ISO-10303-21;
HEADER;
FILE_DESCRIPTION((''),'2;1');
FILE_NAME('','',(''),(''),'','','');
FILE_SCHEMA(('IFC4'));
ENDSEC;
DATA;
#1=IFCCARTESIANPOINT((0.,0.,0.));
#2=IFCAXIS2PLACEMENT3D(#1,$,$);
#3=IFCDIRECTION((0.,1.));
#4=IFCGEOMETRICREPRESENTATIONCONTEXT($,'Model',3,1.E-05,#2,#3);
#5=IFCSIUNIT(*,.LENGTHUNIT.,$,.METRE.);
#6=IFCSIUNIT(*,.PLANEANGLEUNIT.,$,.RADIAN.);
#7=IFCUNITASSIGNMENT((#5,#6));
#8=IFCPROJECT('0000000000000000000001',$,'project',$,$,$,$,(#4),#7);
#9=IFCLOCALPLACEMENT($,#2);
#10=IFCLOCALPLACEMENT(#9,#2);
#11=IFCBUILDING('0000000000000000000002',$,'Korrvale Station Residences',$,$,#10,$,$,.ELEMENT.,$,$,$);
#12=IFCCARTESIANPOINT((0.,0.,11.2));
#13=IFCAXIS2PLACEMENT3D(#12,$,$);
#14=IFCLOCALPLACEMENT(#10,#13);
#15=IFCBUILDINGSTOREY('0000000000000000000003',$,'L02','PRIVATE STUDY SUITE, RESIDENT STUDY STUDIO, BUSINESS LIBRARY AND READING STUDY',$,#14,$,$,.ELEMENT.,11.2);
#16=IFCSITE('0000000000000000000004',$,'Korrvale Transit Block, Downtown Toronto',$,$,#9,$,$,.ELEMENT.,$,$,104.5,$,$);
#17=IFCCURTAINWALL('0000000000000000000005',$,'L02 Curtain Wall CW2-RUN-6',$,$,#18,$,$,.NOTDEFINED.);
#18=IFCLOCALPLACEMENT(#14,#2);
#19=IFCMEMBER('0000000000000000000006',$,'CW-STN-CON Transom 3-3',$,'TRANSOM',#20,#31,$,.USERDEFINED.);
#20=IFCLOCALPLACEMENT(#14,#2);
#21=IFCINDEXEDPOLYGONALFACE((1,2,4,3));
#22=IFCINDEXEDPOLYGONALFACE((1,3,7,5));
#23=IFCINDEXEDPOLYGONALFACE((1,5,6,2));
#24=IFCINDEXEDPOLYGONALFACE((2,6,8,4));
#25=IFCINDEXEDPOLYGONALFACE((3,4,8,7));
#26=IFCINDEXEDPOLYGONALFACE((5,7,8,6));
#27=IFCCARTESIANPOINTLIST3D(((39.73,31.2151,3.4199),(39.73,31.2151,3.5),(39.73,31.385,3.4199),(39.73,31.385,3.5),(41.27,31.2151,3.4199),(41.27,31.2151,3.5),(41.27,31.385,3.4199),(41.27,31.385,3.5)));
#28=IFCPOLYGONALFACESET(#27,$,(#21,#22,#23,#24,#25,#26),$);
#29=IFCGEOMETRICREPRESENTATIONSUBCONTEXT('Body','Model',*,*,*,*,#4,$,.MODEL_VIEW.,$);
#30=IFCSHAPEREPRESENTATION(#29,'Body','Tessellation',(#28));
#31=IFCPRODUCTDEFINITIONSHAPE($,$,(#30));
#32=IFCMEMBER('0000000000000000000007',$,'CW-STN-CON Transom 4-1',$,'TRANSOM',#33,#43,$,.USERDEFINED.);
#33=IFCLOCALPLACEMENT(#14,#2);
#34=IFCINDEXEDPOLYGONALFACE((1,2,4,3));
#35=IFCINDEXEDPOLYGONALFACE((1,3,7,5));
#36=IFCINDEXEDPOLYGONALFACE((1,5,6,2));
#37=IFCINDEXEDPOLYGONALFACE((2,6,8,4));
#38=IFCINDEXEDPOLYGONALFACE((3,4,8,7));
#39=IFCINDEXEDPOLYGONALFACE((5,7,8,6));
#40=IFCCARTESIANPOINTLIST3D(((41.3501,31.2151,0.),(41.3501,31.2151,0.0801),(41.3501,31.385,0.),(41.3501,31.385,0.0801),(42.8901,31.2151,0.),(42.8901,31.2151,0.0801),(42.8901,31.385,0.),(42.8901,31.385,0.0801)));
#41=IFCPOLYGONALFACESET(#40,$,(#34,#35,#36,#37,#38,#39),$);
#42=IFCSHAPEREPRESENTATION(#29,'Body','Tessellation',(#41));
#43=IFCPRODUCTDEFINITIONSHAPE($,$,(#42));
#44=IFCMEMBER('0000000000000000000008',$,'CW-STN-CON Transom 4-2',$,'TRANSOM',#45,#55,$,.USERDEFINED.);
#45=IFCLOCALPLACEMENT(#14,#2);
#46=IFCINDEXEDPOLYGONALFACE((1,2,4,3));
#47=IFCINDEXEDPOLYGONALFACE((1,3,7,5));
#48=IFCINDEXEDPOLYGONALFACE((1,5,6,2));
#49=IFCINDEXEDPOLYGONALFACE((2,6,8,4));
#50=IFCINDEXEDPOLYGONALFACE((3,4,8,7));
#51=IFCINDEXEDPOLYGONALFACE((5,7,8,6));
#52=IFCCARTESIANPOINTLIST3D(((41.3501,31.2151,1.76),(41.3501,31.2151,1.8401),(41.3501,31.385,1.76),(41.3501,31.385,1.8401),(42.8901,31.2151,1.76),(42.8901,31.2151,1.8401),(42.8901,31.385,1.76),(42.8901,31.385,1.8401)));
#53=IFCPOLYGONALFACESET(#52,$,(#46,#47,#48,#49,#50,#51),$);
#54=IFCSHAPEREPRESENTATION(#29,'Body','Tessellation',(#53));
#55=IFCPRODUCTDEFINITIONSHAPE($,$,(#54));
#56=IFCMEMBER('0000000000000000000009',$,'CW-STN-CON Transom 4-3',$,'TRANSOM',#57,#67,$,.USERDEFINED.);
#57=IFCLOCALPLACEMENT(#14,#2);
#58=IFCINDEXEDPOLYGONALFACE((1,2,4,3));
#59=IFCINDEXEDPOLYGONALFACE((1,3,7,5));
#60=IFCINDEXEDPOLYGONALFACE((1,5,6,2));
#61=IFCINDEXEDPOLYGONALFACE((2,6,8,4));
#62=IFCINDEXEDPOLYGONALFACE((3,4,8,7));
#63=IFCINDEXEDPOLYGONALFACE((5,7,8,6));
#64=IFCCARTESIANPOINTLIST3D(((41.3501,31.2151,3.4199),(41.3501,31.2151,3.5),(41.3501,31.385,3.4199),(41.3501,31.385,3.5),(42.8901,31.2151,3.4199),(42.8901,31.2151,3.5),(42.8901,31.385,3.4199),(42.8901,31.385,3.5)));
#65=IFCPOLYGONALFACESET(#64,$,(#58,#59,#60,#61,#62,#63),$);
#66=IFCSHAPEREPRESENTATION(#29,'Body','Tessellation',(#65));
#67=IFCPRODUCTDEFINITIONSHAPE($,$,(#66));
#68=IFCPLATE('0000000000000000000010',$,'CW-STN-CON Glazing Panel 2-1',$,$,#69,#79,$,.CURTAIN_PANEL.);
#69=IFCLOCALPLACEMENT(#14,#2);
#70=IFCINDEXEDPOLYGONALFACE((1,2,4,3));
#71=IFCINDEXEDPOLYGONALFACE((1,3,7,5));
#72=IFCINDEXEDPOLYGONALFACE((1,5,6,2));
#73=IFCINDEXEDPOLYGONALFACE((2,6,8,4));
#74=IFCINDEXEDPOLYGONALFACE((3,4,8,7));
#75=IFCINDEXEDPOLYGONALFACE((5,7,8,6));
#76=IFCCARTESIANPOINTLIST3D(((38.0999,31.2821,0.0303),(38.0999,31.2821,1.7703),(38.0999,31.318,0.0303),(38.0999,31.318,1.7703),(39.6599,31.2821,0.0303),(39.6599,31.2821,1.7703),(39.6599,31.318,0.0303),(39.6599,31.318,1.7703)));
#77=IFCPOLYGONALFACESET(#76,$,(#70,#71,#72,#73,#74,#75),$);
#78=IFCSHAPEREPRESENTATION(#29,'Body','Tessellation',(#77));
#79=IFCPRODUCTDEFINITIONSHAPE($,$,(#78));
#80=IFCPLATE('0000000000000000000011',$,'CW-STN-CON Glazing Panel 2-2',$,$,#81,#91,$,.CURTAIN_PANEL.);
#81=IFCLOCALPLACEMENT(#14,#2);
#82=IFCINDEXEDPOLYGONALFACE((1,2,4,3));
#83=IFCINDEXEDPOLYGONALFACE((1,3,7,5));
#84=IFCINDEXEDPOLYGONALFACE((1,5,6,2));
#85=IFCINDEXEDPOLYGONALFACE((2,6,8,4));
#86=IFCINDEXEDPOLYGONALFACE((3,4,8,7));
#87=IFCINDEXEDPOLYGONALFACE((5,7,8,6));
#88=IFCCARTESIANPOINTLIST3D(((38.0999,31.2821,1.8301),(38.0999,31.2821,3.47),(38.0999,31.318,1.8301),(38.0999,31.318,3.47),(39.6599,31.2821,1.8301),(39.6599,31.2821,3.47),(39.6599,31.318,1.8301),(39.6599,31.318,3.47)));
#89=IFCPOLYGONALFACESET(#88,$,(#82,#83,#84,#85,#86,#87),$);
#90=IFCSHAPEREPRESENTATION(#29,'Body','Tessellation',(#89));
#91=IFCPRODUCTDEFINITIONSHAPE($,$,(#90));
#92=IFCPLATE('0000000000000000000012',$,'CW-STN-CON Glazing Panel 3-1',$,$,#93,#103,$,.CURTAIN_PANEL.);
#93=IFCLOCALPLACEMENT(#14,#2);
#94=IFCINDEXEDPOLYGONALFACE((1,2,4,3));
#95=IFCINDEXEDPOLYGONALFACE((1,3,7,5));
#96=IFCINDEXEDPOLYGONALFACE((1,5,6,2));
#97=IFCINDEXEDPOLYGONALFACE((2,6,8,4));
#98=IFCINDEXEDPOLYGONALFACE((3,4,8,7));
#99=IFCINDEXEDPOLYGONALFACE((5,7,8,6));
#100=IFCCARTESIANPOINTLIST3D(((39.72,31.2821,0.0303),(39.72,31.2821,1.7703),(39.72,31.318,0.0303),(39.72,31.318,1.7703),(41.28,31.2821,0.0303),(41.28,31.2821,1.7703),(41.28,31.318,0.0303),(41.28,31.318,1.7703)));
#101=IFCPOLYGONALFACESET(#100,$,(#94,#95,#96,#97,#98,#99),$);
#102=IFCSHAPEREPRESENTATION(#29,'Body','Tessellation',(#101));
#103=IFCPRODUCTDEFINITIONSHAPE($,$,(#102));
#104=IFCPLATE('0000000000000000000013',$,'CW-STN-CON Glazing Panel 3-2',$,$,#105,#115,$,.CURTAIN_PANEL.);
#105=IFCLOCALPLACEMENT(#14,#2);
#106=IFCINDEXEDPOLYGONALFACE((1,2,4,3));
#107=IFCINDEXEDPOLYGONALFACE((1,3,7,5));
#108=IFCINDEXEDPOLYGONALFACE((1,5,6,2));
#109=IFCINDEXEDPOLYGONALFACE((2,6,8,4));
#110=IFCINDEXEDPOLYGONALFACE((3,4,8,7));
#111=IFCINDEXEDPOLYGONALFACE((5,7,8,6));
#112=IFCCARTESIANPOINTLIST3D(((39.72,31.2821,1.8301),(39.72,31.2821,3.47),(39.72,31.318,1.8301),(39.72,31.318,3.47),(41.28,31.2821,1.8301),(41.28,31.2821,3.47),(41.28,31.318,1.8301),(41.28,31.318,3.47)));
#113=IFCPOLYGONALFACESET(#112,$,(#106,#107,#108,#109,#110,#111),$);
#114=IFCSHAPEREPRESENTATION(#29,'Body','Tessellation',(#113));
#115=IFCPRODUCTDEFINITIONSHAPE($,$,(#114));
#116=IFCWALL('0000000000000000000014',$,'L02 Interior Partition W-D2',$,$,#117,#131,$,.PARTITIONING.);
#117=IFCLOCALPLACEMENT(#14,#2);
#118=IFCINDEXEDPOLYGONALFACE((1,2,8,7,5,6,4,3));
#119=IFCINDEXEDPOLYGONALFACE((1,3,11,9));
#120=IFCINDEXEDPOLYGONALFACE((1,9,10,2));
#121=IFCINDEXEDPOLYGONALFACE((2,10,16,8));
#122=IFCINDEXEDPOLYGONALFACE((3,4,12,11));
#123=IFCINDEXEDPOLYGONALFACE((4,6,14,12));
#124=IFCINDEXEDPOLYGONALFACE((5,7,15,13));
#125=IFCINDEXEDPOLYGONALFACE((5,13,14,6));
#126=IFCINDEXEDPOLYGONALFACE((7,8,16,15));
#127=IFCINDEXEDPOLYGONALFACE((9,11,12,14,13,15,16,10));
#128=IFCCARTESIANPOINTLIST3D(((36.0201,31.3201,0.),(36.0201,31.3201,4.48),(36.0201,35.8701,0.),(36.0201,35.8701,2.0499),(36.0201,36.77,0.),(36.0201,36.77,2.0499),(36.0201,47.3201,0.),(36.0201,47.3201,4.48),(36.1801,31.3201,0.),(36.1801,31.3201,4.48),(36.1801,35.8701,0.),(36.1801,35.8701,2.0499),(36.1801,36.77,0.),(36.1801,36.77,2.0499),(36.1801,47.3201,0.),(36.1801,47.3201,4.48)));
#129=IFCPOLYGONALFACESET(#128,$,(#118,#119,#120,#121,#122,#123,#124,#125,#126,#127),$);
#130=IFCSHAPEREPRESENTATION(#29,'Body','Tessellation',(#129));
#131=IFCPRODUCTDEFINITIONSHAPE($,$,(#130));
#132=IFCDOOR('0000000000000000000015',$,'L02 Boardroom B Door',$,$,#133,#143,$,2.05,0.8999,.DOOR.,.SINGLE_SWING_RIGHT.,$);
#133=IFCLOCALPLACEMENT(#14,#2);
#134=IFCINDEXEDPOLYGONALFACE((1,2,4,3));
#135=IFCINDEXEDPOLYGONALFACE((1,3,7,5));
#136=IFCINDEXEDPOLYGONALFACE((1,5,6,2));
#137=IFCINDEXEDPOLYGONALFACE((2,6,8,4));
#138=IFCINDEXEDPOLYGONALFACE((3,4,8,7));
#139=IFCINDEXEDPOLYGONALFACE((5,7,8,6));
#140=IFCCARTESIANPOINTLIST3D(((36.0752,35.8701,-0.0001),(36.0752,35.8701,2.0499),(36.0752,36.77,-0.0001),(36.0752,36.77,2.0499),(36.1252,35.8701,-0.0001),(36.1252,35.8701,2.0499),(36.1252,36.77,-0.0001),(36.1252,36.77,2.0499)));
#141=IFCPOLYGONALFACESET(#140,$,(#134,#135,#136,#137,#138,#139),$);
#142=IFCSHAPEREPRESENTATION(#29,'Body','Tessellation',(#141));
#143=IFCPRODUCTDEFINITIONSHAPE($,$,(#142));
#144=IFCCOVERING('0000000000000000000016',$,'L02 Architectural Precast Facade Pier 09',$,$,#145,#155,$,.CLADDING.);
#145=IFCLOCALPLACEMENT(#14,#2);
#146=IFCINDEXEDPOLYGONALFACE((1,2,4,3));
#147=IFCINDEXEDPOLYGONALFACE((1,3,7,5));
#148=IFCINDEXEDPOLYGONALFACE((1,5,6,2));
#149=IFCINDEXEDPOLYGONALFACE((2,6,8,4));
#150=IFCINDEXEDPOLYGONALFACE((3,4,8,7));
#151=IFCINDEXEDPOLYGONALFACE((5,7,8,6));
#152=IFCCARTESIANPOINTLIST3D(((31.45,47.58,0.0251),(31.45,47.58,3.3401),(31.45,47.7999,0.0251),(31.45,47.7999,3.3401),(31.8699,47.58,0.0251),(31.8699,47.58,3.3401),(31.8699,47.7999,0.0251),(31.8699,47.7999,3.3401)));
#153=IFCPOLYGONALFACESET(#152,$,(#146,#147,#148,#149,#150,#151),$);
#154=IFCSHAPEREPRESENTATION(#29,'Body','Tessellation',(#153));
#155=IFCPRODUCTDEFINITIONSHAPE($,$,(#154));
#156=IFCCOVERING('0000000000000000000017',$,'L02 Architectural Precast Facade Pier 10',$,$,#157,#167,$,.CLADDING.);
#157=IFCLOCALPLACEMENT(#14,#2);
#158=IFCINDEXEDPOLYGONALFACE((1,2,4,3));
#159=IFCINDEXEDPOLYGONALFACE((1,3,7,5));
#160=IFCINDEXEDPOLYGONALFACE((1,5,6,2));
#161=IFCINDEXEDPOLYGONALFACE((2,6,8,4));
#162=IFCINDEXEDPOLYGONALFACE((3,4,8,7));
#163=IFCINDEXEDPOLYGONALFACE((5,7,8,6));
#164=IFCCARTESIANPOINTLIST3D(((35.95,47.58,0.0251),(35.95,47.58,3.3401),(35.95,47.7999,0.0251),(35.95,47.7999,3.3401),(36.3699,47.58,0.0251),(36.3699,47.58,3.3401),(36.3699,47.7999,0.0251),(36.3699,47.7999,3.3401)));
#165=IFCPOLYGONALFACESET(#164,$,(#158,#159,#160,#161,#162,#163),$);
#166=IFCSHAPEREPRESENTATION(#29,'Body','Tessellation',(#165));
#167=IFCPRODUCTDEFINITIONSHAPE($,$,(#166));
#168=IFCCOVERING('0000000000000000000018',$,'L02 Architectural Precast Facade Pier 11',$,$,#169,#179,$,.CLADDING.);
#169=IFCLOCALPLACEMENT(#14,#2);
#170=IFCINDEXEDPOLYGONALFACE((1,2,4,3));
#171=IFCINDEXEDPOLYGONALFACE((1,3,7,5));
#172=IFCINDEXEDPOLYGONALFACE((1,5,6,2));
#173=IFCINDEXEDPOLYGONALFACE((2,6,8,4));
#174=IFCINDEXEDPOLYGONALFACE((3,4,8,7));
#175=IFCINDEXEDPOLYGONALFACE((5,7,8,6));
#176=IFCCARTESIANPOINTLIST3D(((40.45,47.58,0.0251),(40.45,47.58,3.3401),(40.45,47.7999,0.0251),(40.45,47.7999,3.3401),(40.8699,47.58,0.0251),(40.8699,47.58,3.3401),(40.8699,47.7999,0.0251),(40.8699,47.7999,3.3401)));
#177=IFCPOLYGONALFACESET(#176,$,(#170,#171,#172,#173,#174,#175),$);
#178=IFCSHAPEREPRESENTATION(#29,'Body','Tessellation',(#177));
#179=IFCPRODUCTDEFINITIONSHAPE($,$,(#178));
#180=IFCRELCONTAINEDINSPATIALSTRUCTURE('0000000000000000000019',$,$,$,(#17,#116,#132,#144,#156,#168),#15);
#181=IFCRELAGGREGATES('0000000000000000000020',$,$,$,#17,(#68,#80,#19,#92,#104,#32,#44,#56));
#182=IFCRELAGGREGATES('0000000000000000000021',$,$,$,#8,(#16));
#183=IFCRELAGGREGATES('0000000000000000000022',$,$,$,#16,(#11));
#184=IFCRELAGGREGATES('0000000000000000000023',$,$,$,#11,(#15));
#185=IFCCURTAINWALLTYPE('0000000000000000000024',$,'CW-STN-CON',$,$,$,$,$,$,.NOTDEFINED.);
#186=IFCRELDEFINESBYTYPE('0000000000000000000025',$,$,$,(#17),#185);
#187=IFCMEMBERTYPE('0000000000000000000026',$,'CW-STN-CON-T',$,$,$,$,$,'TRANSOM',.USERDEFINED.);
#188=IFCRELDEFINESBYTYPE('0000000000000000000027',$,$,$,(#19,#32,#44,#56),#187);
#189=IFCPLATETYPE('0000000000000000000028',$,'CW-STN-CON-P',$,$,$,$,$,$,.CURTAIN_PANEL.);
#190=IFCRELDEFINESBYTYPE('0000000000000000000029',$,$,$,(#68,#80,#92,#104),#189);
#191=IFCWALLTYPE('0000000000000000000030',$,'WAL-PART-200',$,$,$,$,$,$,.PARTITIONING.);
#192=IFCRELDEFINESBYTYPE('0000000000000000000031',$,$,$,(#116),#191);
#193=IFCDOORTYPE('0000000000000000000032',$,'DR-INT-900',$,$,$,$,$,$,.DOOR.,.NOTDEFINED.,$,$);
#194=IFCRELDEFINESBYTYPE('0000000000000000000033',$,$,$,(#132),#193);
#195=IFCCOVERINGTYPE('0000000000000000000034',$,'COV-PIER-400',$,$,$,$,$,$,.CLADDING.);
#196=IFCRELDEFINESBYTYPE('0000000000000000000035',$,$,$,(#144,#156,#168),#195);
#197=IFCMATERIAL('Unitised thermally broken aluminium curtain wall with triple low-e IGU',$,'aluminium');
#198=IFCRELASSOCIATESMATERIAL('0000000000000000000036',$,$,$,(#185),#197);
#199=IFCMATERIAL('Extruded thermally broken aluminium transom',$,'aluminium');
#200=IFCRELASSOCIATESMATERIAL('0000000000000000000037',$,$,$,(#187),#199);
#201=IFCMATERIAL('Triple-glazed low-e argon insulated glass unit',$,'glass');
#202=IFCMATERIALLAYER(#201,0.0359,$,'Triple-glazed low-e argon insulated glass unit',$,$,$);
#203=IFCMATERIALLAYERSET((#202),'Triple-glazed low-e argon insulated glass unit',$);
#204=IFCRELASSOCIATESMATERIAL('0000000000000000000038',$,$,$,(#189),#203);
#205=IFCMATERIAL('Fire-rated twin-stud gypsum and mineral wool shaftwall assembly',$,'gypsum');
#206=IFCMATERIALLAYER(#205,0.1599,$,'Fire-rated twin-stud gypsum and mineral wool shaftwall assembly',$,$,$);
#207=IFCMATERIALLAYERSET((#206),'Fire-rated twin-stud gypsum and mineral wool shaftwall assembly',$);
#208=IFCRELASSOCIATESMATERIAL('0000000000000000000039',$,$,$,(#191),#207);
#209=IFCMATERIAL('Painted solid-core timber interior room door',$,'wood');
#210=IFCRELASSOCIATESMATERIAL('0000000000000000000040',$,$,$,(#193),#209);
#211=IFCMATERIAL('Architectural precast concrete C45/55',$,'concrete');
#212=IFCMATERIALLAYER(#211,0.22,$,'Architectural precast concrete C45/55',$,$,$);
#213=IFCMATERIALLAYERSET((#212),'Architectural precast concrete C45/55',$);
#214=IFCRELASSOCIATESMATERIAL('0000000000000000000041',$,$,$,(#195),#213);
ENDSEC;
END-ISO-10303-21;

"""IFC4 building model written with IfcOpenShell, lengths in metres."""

from ifc_helpers import new_model, si_unit, direction, frame, frame_2d, origin, origin_2d, place, context, subcontext, project, spatial, rectangle, extrude, material, layer, layer_set, type_object, element, fill, aggregate, save


model = new_model("IFC4")

# Units and contexts
model_context = context("Model", 3, precision=1e-05, world=origin(), true_north=direction((0.0, 1.0)))
body_context = subcontext(model_context, "Body", "Model", "MODEL_VIEW")
ifc_project = project(units=[si_unit("LENGTHUNIT", "METRE"), si_unit("PLANEANGLEUNIT", "RADIAN")], contexts=[model_context])

# Site, building, storey
site_placement = place(None, origin())
site = spatial("IfcSite", under=ifc_project, at=site_placement, Name="Korrvale Transit Block, Downtown Toronto", CompositionType="ELEMENT", RefElevation=104.5)
building_placement = place(site_placement, origin())
building = spatial("IfcBuilding", under=site, at=building_placement, Name="Korrvale Station Residences", CompositionType="ELEMENT")
storey_placement = place(building_placement, frame((0.0, 0.0, 11.2)))
storey = spatial("IfcBuildingStorey", under=building, at=storey_placement, Name="L02", Description="PRIVATE STUDY SUITE, RESIDENT STUDY STUDIO, BUSINESS LIBRARY AND READING STUDY", CompositionType="ELEMENT", Elevation=11.2)

# Curtain wall, members, plates
ifc_material_1 = material(Name="Unitised thermally broken aluminium curtain wall with triple low-e IGU", Category="aluminium")
curtain_wall_type = type_object("IfcCurtainWallType", Name="CW-STN-CON", PredefinedType="NOTDEFINED", material=ifc_material_1)
curtain_wall_placement = place(storey_placement, origin())
curtain_wall = element("IfcCurtainWall", 1, at=curtain_wall_placement, inside=storey, type_object=curtain_wall_type, Name="L02 Curtain Wall CW2-RUN-6", PredefinedType="NOTDEFINED")
ifc_material_2 = material(Name="Extruded thermally broken aluminium transom", Category="aluminium")
member_type_1 = type_object("IfcMemberType", Name="CW-STN-CON-T", ElementType="TRANSOM", PredefinedType="USERDEFINED", material=ifc_material_2)
member_1_placement = place(storey_placement, frame((40.5, 31.3, 3.4199), z_axis=(0.0, 0.0, 1.0), x_axis=(1.0, 0.0, 0.0)))
member_1 = element("IfcMember", 2, at=member_1_placement, type_object=member_type_1, Name="CW-STN-CON Transom 3-3", ObjectType="TRANSOM", PredefinedType="USERDEFINED", context=body_context, shape_type="SweptSolid", body=[
    extrude(rectangle(XDim=1.54, YDim=0.1699, at=origin_2d()), origin(), (0.0, 0.0, 1.0), 0.0801),
])
member_2_placement = place(storey_placement, frame((42.1201, 31.3, 0.0), z_axis=(0.0, 0.0, 1.0), x_axis=(1.0, 0.0, 0.0)))
member_2 = element("IfcMember", 3, at=member_2_placement, type_object=member_type_1, Name="CW-STN-CON Transom 4-1", ObjectType="TRANSOM", PredefinedType="USERDEFINED", context=body_context, shape_type="SweptSolid", body=[
    extrude(rectangle(XDim=1.54, YDim=0.1699, at=origin_2d()), origin(), (0.0, 0.0, 1.0), 0.0801),
])
member_3_placement = place(storey_placement, frame((42.1201, 31.3, 1.76), z_axis=(0.0, 0.0, 1.0), x_axis=(1.0, 0.0, 0.0)))
member_3 = element("IfcMember", 4, at=member_3_placement, type_object=member_type_1, Name="CW-STN-CON Transom 4-2", ObjectType="TRANSOM", PredefinedType="USERDEFINED", context=body_context, shape_type="SweptSolid", body=[
    extrude(rectangle(XDim=1.54, YDim=0.1699, at=origin_2d()), origin(), (0.0, 0.0, 1.0), 0.0801),
])
member_4_placement = place(storey_placement, frame((42.1201, 31.3, 3.4199), z_axis=(0.0, 0.0, 1.0), x_axis=(1.0, 0.0, 0.0)))
member_4 = element("IfcMember", 5, at=member_4_placement, type_object=member_type_1, Name="CW-STN-CON Transom 4-3", ObjectType="TRANSOM", PredefinedType="USERDEFINED", context=body_context, shape_type="SweptSolid", body=[
    extrude(rectangle(XDim=1.54, YDim=0.1699, at=origin_2d()), origin(), (0.0, 0.0, 1.0), 0.0801),
])
ifc_material_3 = material(Name="Triple-glazed low-e argon insulated glass unit", Category="glass")
ifc_layer_1 = layer(ifc_material_3, 0.0359, Name="Triple-glazed low-e argon insulated glass unit")
ifc_layer_set_1 = layer_set([ifc_layer_1], Name="Triple-glazed low-e argon insulated glass unit")
plate_type = type_object("IfcPlateType", Name="CW-STN-CON-P", PredefinedType="CURTAIN_PANEL", material=ifc_layer_set_1)
plate_1_placement = place(storey_placement, frame((38.8799, 31.3, 0.0303), z_axis=(0.0, 0.0, 1.0), x_axis=(1.0, 0.0, 0.0)))
plate_1 = element("IfcPlate", 6, at=plate_1_placement, type_object=plate_type, Name="CW-STN-CON Glazing Panel 2-1", PredefinedType="CURTAIN_PANEL", context=body_context, shape_type="SweptSolid", body=[
    extrude(rectangle(XDim=1.5601, YDim=0.0359, at=origin_2d()), origin(), (0.0, 0.0, 1.0), 1.74),
])
plate_2_placement = place(storey_placement, frame((38.8799, 31.3, 1.8301), z_axis=(0.0, 0.0, 1.0), x_axis=(1.0, 0.0, 0.0)))
plate_2 = element("IfcPlate", 7, at=plate_2_placement, type_object=plate_type, Name="CW-STN-CON Glazing Panel 2-2", PredefinedType="CURTAIN_PANEL", context=body_context, shape_type="SweptSolid", body=[
    extrude(rectangle(XDim=1.5601, YDim=0.0359, at=origin_2d()), origin(), (0.0, 0.0, 1.0), 1.6399),
])
plate_3_placement = place(storey_placement, frame((40.5, 31.3, 0.0303), z_axis=(0.0, 0.0, 1.0), x_axis=(1.0, 0.0, 0.0)))
plate_3 = element("IfcPlate", 8, at=plate_3_placement, type_object=plate_type, Name="CW-STN-CON Glazing Panel 3-1", PredefinedType="CURTAIN_PANEL", context=body_context, shape_type="SweptSolid", body=[
    extrude(rectangle(XDim=1.5601, YDim=0.0359, at=origin_2d()), origin(), (0.0, 0.0, 1.0), 1.74),
])
plate_4_placement = place(storey_placement, frame((40.5, 31.3, 1.8301), z_axis=(0.0, 0.0, 1.0), x_axis=(1.0, 0.0, 0.0)))
plate_4 = element("IfcPlate", 9, at=plate_4_placement, type_object=plate_type, Name="CW-STN-CON Glazing Panel 3-2", PredefinedType="CURTAIN_PANEL", context=body_context, shape_type="SweptSolid", body=[
    extrude(rectangle(XDim=1.5601, YDim=0.0359, at=origin_2d()), origin(), (0.0, 0.0, 1.0), 1.6399),
])
aggregate(curtain_wall, [plate_1, plate_2, member_1, plate_3, plate_4, member_2, member_3, member_4])

# Wall, opening, door
ifc_material_4 = material(Name="Fire-rated twin-stud gypsum and mineral wool shaftwall assembly", Category="gypsum")
ifc_layer_2 = layer(ifc_material_4, 0.1599, Name="Fire-rated twin-stud gypsum and mineral wool shaftwall assembly")
ifc_layer_set_2 = layer_set([ifc_layer_2], Name="Fire-rated twin-stud gypsum and mineral wool shaftwall assembly")
wall_type = type_object("IfcWallType", Name="WAL-PART-200", PredefinedType="PARTITIONING", material=ifc_layer_set_2)
wall_placement = place(storey_placement, frame((36.1001, 31.3201, 0.0), z_axis=(0.0, 0.0, 1.0), x_axis=(0.0, 1.0, 0.0)))
wall = element("IfcWall", 10, at=wall_placement, inside=storey, type_object=wall_type, Name="L02 Interior Partition W-D2", PredefinedType="PARTITIONING", context=body_context, shape_type="SweptSolid", body=[
    extrude(rectangle(XDim=16.0, YDim=0.1599, at=frame_2d((8.0, 0.0))), origin(), (0.0, 0.0, 1.0), 4.48),
])
opening_placement = place(wall_placement, frame((4.55, 0.0, 0.0)))
opening = element("IfcOpeningElement", 11, at=opening_placement, cuts=wall, PredefinedType="OPENING", context=body_context, shape_type="SweptSolid", body=[
    extrude(rectangle(XDim=0.8999, YDim=2.05, at=frame_2d((0.45, 1.0249))), frame((0.0, 0.0898, 0.0), z_axis=(0.0, -1.0, 0.0), x_axis=(1.0, 0.0, 0.0)), (0.0, 0.0, 1.0), 0.1799),
])
ifc_material_5 = material(Name="Painted solid-core timber interior room door", Category="wood")
door_type = type_object("IfcDoorType", Name="DR-INT-900", OperationType="NOTDEFINED", PredefinedType="DOOR", material=ifc_material_5)
door_placement = place(opening_placement, origin())
door = element("IfcDoor", 12, at=door_placement, inside=storey, type_object=door_type, Name="L02 Boardroom B Door", OperationType="SINGLE_SWING_RIGHT", OverallHeight=2.05, OverallWidth=0.8999, PredefinedType="DOOR", context=body_context, shape_type="SweptSolid", body=[
    extrude(rectangle(XDim=0.8999, YDim=2.05, at=frame_2d((0.45, 1.0249))), frame((0.0, 0.0249, 0.0), z_axis=(0.0, -1.0, 0.0), x_axis=(1.0, 0.0, 0.0)), (0.0, 0.0, 1.0), 0.05),
])
fill(opening, door)

# Coverings
ifc_material_6 = material(Name="Architectural precast concrete C45/55", Category="concrete")
ifc_layer_3 = layer(ifc_material_6, 0.22, Name="Architectural precast concrete C45/55")
ifc_layer_set_3 = layer_set([ifc_layer_3], Name="Architectural precast concrete C45/55")
covering_type = type_object("IfcCoveringType", Name="COV-PIER-400", PredefinedType="CLADDING", material=ifc_layer_set_3)
for number, where, z_axis, x_axis, name in (
    (13, (31.6599, 47.6899, 0.0251), (0.0, 0.0, 1.0), (1.0, 0.0, 0.0), "L02 Architectural Precast Facade Pier 09"),
    (14, (36.1599, 47.6899, 0.0251), (0.0, 0.0, 1.0), (1.0, 0.0, 0.0), "L02 Architectural Precast Facade Pier 10"),
    (15, (40.6599, 47.6899, 0.0251), (0.0, 0.0, 1.0), (1.0, 0.0, 0.0), "L02 Architectural Precast Facade Pier 11"),
):
    element("IfcCovering", number, at=place(storey_placement, frame(where, z_axis=z_axis, x_axis=x_axis)), inside=storey, type_object=covering_type, Name=name, PredefinedType="CLADDING", context=body_context, shape_type="SweptSolid", body=[
        extrude(rectangle(XDim=0.4199, YDim=0.22, at=origin_2d()), origin(), (0.0, 0.0, 1.0), 3.3149),
    ])

save(model, "model.ifc")
